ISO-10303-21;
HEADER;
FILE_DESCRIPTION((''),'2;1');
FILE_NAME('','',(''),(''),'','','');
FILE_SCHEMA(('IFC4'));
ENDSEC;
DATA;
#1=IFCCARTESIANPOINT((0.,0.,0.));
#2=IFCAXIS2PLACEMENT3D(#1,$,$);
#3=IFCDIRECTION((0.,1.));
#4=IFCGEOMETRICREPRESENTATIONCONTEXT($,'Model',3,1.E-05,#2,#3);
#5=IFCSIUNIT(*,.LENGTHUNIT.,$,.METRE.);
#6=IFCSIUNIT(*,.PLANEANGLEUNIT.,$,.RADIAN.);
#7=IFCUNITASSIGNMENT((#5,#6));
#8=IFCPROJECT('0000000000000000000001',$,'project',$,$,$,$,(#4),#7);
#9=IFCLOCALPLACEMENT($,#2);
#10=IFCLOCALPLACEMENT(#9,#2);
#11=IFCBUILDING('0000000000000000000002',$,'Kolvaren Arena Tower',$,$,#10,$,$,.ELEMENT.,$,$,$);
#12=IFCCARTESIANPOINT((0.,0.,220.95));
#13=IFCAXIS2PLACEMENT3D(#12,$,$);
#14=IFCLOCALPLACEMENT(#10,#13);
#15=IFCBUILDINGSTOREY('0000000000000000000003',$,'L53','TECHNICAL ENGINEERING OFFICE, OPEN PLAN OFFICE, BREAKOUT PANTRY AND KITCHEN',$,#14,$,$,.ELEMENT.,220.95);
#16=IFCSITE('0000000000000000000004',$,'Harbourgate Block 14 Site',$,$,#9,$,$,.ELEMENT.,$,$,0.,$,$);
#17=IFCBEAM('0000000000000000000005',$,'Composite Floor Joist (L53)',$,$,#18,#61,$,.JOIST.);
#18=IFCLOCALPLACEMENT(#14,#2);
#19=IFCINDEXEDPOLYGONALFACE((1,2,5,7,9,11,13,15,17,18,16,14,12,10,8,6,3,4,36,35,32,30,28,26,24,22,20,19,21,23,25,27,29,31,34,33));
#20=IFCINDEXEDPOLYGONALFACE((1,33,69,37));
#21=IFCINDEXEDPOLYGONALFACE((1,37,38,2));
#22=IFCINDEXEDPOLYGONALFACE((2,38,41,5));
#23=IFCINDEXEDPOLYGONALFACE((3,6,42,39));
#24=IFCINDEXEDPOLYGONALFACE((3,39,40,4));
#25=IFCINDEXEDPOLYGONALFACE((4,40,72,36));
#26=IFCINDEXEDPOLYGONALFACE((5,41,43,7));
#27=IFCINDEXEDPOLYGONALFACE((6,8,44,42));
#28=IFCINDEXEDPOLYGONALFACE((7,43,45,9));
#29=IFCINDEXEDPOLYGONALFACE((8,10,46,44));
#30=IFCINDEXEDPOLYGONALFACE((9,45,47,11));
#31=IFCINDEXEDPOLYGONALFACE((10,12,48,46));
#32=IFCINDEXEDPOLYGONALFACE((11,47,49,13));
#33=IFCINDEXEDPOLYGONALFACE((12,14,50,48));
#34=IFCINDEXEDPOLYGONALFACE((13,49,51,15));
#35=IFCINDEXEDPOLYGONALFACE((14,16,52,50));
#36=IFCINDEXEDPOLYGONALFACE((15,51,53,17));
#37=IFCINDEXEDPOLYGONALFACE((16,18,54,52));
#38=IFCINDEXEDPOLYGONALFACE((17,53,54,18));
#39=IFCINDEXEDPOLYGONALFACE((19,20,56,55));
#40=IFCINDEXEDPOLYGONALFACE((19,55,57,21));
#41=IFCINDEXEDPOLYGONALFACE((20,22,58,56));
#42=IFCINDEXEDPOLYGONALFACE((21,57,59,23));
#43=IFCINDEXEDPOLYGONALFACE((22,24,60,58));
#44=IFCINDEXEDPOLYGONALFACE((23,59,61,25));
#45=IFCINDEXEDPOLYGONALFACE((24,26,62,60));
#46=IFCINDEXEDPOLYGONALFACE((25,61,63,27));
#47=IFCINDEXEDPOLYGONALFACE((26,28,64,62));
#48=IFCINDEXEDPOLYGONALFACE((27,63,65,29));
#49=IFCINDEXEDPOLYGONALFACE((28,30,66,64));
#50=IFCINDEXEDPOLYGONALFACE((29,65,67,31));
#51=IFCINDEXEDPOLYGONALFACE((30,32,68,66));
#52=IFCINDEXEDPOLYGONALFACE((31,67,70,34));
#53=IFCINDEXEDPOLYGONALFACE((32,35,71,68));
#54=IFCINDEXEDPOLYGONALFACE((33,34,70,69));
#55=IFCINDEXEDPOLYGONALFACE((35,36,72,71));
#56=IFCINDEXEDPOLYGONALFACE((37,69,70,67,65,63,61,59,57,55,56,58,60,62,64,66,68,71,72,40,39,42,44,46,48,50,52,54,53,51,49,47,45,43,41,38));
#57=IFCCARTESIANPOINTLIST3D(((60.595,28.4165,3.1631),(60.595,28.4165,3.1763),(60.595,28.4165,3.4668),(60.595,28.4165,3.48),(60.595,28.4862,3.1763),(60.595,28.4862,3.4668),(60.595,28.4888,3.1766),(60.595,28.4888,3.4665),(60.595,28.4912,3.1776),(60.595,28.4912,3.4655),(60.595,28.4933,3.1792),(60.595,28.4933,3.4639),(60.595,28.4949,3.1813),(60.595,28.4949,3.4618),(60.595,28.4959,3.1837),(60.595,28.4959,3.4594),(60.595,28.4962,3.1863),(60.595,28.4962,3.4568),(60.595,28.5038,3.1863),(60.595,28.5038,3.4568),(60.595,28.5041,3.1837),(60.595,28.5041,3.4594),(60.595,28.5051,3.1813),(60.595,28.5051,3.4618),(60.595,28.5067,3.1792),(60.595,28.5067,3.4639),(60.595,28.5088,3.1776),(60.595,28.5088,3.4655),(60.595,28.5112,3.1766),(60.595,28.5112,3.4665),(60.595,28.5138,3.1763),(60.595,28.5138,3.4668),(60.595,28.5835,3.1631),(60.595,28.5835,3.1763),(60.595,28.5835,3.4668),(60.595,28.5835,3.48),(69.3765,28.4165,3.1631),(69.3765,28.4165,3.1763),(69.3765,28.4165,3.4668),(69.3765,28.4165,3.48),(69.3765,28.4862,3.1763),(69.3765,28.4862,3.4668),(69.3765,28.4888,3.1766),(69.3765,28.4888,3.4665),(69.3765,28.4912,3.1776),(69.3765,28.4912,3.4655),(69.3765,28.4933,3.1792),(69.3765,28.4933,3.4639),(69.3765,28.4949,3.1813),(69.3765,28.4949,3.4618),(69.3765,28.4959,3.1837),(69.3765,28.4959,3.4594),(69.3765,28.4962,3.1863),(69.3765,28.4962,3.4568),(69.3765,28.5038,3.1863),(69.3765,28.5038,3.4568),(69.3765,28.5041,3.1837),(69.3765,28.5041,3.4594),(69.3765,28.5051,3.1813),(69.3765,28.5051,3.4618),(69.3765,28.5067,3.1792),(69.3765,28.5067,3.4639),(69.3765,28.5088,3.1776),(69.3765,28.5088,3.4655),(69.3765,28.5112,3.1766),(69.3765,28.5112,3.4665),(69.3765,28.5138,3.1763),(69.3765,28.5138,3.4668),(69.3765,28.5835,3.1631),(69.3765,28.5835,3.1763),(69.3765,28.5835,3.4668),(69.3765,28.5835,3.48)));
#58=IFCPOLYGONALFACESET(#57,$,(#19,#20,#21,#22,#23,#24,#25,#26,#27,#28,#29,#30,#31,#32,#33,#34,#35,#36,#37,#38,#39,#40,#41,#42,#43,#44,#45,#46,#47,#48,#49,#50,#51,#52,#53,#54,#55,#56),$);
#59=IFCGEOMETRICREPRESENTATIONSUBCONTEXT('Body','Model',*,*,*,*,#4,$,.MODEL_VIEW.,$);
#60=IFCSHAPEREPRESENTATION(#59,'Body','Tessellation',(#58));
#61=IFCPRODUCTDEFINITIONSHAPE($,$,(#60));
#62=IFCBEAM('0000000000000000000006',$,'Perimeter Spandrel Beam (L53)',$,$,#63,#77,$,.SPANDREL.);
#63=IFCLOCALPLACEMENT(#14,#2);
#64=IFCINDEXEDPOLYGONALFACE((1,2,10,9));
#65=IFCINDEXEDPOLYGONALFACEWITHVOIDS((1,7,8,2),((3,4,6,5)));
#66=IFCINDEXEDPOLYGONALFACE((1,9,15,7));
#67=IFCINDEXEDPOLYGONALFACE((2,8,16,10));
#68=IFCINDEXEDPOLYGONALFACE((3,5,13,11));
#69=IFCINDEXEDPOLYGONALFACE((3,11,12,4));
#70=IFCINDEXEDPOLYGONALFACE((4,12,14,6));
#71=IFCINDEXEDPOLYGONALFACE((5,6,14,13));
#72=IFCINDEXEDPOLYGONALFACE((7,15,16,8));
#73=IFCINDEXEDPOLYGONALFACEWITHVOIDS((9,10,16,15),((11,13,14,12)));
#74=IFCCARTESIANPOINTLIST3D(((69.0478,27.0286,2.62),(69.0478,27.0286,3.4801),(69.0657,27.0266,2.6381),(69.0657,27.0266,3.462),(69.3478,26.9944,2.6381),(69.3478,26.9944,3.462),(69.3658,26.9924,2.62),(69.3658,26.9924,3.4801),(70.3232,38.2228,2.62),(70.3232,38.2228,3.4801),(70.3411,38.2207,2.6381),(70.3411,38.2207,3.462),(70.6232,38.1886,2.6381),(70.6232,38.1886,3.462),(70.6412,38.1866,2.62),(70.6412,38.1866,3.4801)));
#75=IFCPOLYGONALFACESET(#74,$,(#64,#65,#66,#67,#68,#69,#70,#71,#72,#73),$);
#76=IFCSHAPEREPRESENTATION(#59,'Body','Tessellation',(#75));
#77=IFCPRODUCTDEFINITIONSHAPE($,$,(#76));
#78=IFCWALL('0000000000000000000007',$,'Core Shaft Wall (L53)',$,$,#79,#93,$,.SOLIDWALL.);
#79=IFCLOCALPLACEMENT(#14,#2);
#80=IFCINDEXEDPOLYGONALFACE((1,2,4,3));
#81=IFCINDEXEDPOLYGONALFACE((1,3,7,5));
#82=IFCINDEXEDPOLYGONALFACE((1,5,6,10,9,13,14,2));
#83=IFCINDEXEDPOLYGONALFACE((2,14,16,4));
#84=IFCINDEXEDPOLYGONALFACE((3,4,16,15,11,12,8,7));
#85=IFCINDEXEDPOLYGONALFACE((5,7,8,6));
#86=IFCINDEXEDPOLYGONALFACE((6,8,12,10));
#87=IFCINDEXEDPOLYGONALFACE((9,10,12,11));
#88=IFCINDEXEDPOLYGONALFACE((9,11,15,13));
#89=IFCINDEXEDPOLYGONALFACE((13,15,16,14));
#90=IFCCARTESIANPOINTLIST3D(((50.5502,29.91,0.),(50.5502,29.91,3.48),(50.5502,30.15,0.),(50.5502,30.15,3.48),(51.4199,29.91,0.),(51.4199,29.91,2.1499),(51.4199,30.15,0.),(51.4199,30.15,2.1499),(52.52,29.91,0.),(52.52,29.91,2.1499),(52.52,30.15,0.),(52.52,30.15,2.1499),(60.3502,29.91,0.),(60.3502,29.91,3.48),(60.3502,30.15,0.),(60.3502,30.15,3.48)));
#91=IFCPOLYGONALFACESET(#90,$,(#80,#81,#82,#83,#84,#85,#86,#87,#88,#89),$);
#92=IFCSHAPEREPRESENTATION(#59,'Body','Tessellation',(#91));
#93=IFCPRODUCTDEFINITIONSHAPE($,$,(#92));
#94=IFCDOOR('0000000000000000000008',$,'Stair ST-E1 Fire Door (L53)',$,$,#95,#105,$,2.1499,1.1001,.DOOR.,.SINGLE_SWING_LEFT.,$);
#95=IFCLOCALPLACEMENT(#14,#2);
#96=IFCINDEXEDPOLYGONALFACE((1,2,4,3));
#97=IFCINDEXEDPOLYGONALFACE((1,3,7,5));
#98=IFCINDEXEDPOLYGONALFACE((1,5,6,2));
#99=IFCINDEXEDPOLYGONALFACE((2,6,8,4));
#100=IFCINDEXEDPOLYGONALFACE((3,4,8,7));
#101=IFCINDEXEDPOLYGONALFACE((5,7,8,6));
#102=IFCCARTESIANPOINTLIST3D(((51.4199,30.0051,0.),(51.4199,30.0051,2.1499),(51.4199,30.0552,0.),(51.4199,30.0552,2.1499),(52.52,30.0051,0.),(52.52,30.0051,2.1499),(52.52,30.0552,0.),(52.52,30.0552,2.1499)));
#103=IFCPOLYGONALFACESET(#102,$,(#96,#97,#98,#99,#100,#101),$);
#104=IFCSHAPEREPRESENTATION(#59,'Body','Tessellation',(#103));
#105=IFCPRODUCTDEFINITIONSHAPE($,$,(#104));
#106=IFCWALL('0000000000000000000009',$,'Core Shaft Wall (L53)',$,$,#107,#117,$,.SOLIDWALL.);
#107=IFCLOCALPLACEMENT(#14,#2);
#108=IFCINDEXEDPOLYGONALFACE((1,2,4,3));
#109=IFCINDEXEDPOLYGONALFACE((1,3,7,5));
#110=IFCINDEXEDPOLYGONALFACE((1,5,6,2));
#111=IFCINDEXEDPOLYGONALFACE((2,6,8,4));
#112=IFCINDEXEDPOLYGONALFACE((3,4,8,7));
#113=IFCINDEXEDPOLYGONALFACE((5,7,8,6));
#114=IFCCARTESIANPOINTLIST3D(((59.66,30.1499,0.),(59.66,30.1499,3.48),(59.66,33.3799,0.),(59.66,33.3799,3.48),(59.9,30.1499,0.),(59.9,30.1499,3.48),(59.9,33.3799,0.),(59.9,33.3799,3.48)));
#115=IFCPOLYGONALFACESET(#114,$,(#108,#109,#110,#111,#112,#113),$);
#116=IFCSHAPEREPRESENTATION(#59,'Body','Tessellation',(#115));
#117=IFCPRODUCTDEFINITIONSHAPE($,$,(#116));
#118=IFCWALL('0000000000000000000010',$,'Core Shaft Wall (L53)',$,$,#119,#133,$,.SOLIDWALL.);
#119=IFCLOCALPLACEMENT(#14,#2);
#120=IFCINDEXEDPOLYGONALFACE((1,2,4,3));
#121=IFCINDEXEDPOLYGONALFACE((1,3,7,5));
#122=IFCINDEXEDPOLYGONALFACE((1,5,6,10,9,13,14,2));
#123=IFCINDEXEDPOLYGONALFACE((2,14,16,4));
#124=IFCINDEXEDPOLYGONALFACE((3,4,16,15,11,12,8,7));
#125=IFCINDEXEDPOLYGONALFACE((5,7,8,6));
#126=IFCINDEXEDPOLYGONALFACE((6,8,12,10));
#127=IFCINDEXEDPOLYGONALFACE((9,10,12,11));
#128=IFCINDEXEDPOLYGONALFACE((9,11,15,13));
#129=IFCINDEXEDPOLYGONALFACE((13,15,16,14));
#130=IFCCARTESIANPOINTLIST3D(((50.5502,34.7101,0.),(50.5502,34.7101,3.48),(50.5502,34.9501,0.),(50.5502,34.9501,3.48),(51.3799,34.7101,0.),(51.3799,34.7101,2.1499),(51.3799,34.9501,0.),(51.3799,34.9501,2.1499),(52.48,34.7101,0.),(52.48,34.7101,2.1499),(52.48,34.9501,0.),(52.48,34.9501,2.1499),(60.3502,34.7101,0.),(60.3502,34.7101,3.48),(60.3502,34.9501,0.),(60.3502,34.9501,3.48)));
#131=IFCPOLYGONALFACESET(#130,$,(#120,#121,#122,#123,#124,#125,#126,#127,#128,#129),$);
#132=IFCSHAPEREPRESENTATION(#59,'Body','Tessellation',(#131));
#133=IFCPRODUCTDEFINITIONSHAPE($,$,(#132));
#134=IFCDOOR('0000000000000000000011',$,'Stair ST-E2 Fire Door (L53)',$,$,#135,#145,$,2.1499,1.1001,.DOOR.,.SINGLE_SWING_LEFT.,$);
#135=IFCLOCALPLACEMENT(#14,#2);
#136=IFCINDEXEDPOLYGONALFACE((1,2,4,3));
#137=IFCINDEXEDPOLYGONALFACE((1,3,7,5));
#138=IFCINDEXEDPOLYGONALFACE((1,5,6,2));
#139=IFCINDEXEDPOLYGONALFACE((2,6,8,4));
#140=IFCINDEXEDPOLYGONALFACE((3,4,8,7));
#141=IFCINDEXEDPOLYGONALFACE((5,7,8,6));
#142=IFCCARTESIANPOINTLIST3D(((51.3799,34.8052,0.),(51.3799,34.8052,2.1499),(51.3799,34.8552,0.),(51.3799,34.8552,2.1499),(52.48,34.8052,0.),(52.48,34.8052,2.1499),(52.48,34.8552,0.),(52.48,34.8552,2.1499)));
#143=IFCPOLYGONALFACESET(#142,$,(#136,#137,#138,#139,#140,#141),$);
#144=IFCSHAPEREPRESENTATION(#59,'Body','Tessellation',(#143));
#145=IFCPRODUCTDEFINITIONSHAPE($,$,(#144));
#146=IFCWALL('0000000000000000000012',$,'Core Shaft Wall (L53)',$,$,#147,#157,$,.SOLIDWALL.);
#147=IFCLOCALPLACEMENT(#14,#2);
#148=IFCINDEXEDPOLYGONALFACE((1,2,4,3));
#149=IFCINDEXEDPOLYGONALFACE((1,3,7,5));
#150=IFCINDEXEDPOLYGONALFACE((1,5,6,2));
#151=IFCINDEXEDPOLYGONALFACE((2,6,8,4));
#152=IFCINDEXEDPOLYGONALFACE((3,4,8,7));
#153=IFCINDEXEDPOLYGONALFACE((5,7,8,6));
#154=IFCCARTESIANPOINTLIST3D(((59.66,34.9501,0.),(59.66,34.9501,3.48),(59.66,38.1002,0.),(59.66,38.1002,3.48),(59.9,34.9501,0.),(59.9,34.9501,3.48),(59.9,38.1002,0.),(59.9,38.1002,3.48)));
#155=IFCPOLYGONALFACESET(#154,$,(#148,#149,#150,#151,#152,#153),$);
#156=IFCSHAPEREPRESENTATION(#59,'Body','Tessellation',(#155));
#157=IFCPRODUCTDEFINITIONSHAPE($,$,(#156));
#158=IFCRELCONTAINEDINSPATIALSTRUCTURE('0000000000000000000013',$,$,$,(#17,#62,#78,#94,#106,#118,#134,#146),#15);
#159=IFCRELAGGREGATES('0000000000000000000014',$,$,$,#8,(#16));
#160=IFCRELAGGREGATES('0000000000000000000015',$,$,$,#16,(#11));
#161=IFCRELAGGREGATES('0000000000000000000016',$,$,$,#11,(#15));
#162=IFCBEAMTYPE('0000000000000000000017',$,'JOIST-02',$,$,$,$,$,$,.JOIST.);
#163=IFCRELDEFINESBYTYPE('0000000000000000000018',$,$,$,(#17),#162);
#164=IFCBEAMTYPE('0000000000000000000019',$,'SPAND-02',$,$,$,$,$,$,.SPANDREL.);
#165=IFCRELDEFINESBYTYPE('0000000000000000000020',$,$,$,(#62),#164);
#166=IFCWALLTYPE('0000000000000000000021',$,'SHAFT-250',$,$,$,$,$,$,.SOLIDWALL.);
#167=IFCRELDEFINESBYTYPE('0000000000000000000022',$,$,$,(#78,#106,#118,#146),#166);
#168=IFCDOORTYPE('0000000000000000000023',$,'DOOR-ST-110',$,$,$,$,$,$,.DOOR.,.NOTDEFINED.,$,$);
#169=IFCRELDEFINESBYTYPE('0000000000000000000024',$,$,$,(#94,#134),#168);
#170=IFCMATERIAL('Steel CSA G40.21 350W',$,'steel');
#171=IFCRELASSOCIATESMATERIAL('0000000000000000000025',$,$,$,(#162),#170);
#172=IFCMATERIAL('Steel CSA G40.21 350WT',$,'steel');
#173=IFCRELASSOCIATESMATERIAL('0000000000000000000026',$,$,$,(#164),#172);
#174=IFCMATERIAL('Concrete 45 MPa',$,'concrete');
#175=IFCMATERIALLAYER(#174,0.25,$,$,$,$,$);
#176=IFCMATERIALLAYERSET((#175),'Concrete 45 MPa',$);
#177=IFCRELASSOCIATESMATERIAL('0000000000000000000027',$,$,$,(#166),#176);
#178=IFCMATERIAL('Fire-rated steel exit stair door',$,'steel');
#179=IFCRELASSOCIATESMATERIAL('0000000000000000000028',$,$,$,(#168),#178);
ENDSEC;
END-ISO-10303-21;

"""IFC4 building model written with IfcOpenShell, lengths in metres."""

from ifc_helpers import new_model, si_unit, direction, frame, frame_2d, origin, origin_2d, place, context, subcontext, project, spatial, rectangle, hollow_rectangle, i_section, extrude, material, layer, layer_set, material_profile, profile_set, type_object, element, fill, save


model = new_model("IFC4")

# Units and contexts
model_context = context("Model", 3, precision=1e-05, world=origin(), true_north=direction((0.0, 1.0)))
body_context = subcontext(model_context, "Body", "Model", "MODEL_VIEW")
ifc_project = project(units=[si_unit("LENGTHUNIT", "METRE"), si_unit("PLANEANGLEUNIT", "RADIAN")], contexts=[model_context])

# Site, building, storey
site_placement = place(None, origin())
site = spatial("IfcSite", under=ifc_project, at=site_placement, Name="Harbourgate Block 14 Site", CompositionType="ELEMENT", RefElevation=0.0)
building_placement = place(site_placement, origin())
building = spatial("IfcBuilding", under=site, at=building_placement, Name="Kolvaren Arena Tower", CompositionType="ELEMENT")
storey_placement = place(building_placement, frame((0.0, 0.0, 220.95)))
storey = spatial("IfcBuildingStorey", under=building, at=storey_placement, Name="L53", Description="TECHNICAL ENGINEERING OFFICE, OPEN PLAN OFFICE, BREAKOUT PANTRY AND KITCHEN", CompositionType="ELEMENT", Elevation=220.95)

# Beams
ifc_material_1 = material(Name="Steel CSA G40.21 350W", Category="steel")
ifc_material_profile_1 = material_profile(ifc_material_1, i_section(OverallWidth=0.167, OverallDepth=0.3169, WebThickness=0.0076, FlangeThickness=0.0132, FilletRadius=0.01, at=origin_2d()), Name="W310x52")
ifc_profile_set_1 = profile_set([ifc_material_profile_1], Name="Steel CSA G40.21 350W")
beam_type_1 = type_object("IfcBeamType", Name="JOIST-02", PredefinedType="JOIST", material=ifc_profile_set_1)
beam_1_placement = place(storey_placement, frame((60.595, 28.5, 3.3215), z_axis=(1.0, 0.0, 0.0), x_axis=(0.0, 1.0, 0.0)))
element("IfcBeam", 1, at=beam_1_placement, inside=storey, type_object=beam_type_1, Name="Composite Floor Joist (L53)", PredefinedType="JOIST", context=body_context, shape_type="SweptSolid", body=[
    extrude(i_section(OverallWidth=0.167, OverallDepth=0.3169, WebThickness=0.0076, FlangeThickness=0.0132, FilletRadius=0.01, at=origin_2d()), origin(), (0.0, 0.0, 1.0), 8.7815),
])
ifc_material_2 = material(Name="Steel CSA G40.21 350WT", Category="steel")
ifc_material_profile_2 = material_profile(ifc_material_2, hollow_rectangle(XDim=0.3201, YDim=0.8601, WallThickness=0.0181, at=origin_2d()), Name="HSS 860x320x18")
ifc_profile_set_2 = profile_set([ifc_material_profile_2], Name="Steel CSA G40.21 350WT")
beam_type_2 = type_object("IfcBeamType", Name="SPAND-02", PredefinedType="SPANDREL", material=ifc_profile_set_2)
beam_2_placement = place(storey_placement, frame((69.2068, 27.0105, 3.05), z_axis=(0.113202, 0.993572, 0.0), x_axis=(-0.993572, 0.113202, 0.0)))
element("IfcBeam", 2, at=beam_2_placement, inside=storey, type_object=beam_type_2, Name="Perimeter Spandrel Beam (L53)", PredefinedType="SPANDREL", context=body_context, shape_type="SweptSolid", body=[
    extrude(hollow_rectangle(XDim=0.3201, YDim=0.8601, WallThickness=0.0181, at=origin_2d()), origin(), (0.0, 0.0, 1.0), 11.2666),
])

# Wall, opening, door
ifc_material_3 = material(Name="Concrete 45 MPa", Category="concrete")
ifc_layer = layer(ifc_material_3, 0.25)
ifc_layer_set = layer_set([ifc_layer], Name="Concrete 45 MPa")
wall_type = type_object("IfcWallType", Name="SHAFT-250", PredefinedType="SOLIDWALL", material=ifc_layer_set)
wall_1_placement = place(storey_placement, frame((60.3501, 30.03, 0.0), z_axis=(0.0, 0.0, 1.0), x_axis=(-1.0, 0.0, 0.0)))
wall_1 = element("IfcWall", 3, at=wall_1_placement, inside=storey, type_object=wall_type, Name="Core Shaft Wall (L53)", PredefinedType="SOLIDWALL", context=body_context, shape_type="SweptSolid", body=[
    extrude(rectangle(XDim=9.8, YDim=0.24, at=frame_2d((4.8999, 0.0))), origin(), (0.0, 0.0, 1.0), 3.48),
])
opening_1_placement = place(wall_1_placement, frame((7.8301, 0.0, 0.0)))
opening_1 = element("IfcOpeningElement", 4, at=opening_1_placement, cuts=wall_1, PredefinedType="OPENING", context=body_context, shape_type="SweptSolid", body=[
    extrude(rectangle(XDim=1.1001, YDim=2.1499, at=frame_2d((0.55, 1.075))), frame((0.0, 0.1299, 0.0), z_axis=(0.0, -1.0, 0.0), x_axis=(1.0, 0.0, 0.0)), (0.0, 0.0, 1.0), 0.26),
])
ifc_material_4 = material(Name="Fire-rated steel exit stair door", Category="steel")
door_type_1 = type_object("IfcDoorType", Name="DOOR-ST-110", OperationType="NOTDEFINED", PredefinedType="DOOR", material=ifc_material_4)
door_1_placement = place(opening_1_placement, origin())
door_1 = element("IfcDoor", 5, at=door_1_placement, inside=storey, type_object=door_type_1, Name="Stair ST-E1 Fire Door (L53)", OperationType="SINGLE_SWING_LEFT", OverallHeight=2.1499, OverallWidth=1.1001, PredefinedType="DOOR", context=body_context, shape_type="SweptSolid", body=[
    extrude(rectangle(XDim=1.1001, YDim=2.1499, at=frame_2d((0.55, 1.075))), frame((0.0, 0.0249, 0.0), z_axis=(0.0, -1.0, 0.0), x_axis=(1.0, 0.0, 0.0)), (0.0, 0.0, 1.0), 0.05),
])
fill(opening_1, door_1)

# Wall
wall_2_placement = place(storey_placement, frame((59.78, 30.1499, 0.0), z_axis=(0.0, 0.0, 1.0), x_axis=(0.0, 1.0, 0.0)))
element("IfcWall", 6, at=wall_2_placement, inside=storey, type_object=wall_type, Name="Core Shaft Wall (L53)", PredefinedType="SOLIDWALL", context=body_context, shape_type="SweptSolid", body=[
    extrude(rectangle(XDim=3.23, YDim=0.24, at=frame_2d((1.615, 0.0))), origin(), (0.0, 0.0, 1.0), 3.48),
])

# Wall, opening, door
wall_3_placement = place(storey_placement, frame((60.3501, 34.8301, 0.0), z_axis=(0.0, 0.0, 1.0), x_axis=(-1.0, 0.0, 0.0)))
wall_3 = element("IfcWall", 7, at=wall_3_placement, inside=storey, type_object=wall_type, Name="Core Shaft Wall (L53)", PredefinedType="SOLIDWALL", context=body_context, shape_type="SweptSolid", body=[
    extrude(rectangle(XDim=9.8, YDim=0.24, at=frame_2d((4.8999, 0.0))), origin(), (0.0, 0.0, 1.0), 3.48),
])
opening_2_placement = place(wall_3_placement, frame((7.8701, 0.0, 0.0)))
opening_2 = element("IfcOpeningElement", 8, at=opening_2_placement, cuts=wall_3, PredefinedType="OPENING", context=body_context, shape_type="SweptSolid", body=[
    extrude(rectangle(XDim=1.1001, YDim=2.1499, at=frame_2d((0.55, 1.075))), frame((0.0, 0.1299, 0.0), z_axis=(0.0, -1.0, 0.0), x_axis=(1.0, 0.0, 0.0)), (0.0, 0.0, 1.0), 0.26),
])
door_2_placement = place(opening_2_placement, origin())
door_2 = element("IfcDoor", 9, at=door_2_placement, inside=storey, type_object=door_type_1, Name="Stair ST-E2 Fire Door (L53)", OperationType="SINGLE_SWING_LEFT", OverallHeight=2.1499, OverallWidth=1.1001, PredefinedType="DOOR", context=body_context, shape_type="SweptSolid", body=[
    extrude(rectangle(XDim=1.1001, YDim=2.1499, at=frame_2d((0.55, 1.075))), frame((0.0, 0.0249, 0.0), z_axis=(0.0, -1.0, 0.0), x_axis=(1.0, 0.0, 0.0)), (0.0, 0.0, 1.0), 0.05),
])
fill(opening_2, door_2)

# Wall
wall_4_placement = place(storey_placement, frame((59.78, 34.95, 0.0), z_axis=(0.0, 0.0, 1.0), x_axis=(0.0, 1.0, 0.0)))
element("IfcWall", 10, at=wall_4_placement, inside=storey, type_object=wall_type, Name="Core Shaft Wall (L53)", PredefinedType="SOLIDWALL", context=body_context, shape_type="SweptSolid", body=[
    extrude(rectangle(XDim=3.1501, YDim=0.24, at=frame_2d((1.5752, 0.0))), origin(), (0.0, 0.0, 1.0), 3.48),
])

save(model, "model.ifc")
